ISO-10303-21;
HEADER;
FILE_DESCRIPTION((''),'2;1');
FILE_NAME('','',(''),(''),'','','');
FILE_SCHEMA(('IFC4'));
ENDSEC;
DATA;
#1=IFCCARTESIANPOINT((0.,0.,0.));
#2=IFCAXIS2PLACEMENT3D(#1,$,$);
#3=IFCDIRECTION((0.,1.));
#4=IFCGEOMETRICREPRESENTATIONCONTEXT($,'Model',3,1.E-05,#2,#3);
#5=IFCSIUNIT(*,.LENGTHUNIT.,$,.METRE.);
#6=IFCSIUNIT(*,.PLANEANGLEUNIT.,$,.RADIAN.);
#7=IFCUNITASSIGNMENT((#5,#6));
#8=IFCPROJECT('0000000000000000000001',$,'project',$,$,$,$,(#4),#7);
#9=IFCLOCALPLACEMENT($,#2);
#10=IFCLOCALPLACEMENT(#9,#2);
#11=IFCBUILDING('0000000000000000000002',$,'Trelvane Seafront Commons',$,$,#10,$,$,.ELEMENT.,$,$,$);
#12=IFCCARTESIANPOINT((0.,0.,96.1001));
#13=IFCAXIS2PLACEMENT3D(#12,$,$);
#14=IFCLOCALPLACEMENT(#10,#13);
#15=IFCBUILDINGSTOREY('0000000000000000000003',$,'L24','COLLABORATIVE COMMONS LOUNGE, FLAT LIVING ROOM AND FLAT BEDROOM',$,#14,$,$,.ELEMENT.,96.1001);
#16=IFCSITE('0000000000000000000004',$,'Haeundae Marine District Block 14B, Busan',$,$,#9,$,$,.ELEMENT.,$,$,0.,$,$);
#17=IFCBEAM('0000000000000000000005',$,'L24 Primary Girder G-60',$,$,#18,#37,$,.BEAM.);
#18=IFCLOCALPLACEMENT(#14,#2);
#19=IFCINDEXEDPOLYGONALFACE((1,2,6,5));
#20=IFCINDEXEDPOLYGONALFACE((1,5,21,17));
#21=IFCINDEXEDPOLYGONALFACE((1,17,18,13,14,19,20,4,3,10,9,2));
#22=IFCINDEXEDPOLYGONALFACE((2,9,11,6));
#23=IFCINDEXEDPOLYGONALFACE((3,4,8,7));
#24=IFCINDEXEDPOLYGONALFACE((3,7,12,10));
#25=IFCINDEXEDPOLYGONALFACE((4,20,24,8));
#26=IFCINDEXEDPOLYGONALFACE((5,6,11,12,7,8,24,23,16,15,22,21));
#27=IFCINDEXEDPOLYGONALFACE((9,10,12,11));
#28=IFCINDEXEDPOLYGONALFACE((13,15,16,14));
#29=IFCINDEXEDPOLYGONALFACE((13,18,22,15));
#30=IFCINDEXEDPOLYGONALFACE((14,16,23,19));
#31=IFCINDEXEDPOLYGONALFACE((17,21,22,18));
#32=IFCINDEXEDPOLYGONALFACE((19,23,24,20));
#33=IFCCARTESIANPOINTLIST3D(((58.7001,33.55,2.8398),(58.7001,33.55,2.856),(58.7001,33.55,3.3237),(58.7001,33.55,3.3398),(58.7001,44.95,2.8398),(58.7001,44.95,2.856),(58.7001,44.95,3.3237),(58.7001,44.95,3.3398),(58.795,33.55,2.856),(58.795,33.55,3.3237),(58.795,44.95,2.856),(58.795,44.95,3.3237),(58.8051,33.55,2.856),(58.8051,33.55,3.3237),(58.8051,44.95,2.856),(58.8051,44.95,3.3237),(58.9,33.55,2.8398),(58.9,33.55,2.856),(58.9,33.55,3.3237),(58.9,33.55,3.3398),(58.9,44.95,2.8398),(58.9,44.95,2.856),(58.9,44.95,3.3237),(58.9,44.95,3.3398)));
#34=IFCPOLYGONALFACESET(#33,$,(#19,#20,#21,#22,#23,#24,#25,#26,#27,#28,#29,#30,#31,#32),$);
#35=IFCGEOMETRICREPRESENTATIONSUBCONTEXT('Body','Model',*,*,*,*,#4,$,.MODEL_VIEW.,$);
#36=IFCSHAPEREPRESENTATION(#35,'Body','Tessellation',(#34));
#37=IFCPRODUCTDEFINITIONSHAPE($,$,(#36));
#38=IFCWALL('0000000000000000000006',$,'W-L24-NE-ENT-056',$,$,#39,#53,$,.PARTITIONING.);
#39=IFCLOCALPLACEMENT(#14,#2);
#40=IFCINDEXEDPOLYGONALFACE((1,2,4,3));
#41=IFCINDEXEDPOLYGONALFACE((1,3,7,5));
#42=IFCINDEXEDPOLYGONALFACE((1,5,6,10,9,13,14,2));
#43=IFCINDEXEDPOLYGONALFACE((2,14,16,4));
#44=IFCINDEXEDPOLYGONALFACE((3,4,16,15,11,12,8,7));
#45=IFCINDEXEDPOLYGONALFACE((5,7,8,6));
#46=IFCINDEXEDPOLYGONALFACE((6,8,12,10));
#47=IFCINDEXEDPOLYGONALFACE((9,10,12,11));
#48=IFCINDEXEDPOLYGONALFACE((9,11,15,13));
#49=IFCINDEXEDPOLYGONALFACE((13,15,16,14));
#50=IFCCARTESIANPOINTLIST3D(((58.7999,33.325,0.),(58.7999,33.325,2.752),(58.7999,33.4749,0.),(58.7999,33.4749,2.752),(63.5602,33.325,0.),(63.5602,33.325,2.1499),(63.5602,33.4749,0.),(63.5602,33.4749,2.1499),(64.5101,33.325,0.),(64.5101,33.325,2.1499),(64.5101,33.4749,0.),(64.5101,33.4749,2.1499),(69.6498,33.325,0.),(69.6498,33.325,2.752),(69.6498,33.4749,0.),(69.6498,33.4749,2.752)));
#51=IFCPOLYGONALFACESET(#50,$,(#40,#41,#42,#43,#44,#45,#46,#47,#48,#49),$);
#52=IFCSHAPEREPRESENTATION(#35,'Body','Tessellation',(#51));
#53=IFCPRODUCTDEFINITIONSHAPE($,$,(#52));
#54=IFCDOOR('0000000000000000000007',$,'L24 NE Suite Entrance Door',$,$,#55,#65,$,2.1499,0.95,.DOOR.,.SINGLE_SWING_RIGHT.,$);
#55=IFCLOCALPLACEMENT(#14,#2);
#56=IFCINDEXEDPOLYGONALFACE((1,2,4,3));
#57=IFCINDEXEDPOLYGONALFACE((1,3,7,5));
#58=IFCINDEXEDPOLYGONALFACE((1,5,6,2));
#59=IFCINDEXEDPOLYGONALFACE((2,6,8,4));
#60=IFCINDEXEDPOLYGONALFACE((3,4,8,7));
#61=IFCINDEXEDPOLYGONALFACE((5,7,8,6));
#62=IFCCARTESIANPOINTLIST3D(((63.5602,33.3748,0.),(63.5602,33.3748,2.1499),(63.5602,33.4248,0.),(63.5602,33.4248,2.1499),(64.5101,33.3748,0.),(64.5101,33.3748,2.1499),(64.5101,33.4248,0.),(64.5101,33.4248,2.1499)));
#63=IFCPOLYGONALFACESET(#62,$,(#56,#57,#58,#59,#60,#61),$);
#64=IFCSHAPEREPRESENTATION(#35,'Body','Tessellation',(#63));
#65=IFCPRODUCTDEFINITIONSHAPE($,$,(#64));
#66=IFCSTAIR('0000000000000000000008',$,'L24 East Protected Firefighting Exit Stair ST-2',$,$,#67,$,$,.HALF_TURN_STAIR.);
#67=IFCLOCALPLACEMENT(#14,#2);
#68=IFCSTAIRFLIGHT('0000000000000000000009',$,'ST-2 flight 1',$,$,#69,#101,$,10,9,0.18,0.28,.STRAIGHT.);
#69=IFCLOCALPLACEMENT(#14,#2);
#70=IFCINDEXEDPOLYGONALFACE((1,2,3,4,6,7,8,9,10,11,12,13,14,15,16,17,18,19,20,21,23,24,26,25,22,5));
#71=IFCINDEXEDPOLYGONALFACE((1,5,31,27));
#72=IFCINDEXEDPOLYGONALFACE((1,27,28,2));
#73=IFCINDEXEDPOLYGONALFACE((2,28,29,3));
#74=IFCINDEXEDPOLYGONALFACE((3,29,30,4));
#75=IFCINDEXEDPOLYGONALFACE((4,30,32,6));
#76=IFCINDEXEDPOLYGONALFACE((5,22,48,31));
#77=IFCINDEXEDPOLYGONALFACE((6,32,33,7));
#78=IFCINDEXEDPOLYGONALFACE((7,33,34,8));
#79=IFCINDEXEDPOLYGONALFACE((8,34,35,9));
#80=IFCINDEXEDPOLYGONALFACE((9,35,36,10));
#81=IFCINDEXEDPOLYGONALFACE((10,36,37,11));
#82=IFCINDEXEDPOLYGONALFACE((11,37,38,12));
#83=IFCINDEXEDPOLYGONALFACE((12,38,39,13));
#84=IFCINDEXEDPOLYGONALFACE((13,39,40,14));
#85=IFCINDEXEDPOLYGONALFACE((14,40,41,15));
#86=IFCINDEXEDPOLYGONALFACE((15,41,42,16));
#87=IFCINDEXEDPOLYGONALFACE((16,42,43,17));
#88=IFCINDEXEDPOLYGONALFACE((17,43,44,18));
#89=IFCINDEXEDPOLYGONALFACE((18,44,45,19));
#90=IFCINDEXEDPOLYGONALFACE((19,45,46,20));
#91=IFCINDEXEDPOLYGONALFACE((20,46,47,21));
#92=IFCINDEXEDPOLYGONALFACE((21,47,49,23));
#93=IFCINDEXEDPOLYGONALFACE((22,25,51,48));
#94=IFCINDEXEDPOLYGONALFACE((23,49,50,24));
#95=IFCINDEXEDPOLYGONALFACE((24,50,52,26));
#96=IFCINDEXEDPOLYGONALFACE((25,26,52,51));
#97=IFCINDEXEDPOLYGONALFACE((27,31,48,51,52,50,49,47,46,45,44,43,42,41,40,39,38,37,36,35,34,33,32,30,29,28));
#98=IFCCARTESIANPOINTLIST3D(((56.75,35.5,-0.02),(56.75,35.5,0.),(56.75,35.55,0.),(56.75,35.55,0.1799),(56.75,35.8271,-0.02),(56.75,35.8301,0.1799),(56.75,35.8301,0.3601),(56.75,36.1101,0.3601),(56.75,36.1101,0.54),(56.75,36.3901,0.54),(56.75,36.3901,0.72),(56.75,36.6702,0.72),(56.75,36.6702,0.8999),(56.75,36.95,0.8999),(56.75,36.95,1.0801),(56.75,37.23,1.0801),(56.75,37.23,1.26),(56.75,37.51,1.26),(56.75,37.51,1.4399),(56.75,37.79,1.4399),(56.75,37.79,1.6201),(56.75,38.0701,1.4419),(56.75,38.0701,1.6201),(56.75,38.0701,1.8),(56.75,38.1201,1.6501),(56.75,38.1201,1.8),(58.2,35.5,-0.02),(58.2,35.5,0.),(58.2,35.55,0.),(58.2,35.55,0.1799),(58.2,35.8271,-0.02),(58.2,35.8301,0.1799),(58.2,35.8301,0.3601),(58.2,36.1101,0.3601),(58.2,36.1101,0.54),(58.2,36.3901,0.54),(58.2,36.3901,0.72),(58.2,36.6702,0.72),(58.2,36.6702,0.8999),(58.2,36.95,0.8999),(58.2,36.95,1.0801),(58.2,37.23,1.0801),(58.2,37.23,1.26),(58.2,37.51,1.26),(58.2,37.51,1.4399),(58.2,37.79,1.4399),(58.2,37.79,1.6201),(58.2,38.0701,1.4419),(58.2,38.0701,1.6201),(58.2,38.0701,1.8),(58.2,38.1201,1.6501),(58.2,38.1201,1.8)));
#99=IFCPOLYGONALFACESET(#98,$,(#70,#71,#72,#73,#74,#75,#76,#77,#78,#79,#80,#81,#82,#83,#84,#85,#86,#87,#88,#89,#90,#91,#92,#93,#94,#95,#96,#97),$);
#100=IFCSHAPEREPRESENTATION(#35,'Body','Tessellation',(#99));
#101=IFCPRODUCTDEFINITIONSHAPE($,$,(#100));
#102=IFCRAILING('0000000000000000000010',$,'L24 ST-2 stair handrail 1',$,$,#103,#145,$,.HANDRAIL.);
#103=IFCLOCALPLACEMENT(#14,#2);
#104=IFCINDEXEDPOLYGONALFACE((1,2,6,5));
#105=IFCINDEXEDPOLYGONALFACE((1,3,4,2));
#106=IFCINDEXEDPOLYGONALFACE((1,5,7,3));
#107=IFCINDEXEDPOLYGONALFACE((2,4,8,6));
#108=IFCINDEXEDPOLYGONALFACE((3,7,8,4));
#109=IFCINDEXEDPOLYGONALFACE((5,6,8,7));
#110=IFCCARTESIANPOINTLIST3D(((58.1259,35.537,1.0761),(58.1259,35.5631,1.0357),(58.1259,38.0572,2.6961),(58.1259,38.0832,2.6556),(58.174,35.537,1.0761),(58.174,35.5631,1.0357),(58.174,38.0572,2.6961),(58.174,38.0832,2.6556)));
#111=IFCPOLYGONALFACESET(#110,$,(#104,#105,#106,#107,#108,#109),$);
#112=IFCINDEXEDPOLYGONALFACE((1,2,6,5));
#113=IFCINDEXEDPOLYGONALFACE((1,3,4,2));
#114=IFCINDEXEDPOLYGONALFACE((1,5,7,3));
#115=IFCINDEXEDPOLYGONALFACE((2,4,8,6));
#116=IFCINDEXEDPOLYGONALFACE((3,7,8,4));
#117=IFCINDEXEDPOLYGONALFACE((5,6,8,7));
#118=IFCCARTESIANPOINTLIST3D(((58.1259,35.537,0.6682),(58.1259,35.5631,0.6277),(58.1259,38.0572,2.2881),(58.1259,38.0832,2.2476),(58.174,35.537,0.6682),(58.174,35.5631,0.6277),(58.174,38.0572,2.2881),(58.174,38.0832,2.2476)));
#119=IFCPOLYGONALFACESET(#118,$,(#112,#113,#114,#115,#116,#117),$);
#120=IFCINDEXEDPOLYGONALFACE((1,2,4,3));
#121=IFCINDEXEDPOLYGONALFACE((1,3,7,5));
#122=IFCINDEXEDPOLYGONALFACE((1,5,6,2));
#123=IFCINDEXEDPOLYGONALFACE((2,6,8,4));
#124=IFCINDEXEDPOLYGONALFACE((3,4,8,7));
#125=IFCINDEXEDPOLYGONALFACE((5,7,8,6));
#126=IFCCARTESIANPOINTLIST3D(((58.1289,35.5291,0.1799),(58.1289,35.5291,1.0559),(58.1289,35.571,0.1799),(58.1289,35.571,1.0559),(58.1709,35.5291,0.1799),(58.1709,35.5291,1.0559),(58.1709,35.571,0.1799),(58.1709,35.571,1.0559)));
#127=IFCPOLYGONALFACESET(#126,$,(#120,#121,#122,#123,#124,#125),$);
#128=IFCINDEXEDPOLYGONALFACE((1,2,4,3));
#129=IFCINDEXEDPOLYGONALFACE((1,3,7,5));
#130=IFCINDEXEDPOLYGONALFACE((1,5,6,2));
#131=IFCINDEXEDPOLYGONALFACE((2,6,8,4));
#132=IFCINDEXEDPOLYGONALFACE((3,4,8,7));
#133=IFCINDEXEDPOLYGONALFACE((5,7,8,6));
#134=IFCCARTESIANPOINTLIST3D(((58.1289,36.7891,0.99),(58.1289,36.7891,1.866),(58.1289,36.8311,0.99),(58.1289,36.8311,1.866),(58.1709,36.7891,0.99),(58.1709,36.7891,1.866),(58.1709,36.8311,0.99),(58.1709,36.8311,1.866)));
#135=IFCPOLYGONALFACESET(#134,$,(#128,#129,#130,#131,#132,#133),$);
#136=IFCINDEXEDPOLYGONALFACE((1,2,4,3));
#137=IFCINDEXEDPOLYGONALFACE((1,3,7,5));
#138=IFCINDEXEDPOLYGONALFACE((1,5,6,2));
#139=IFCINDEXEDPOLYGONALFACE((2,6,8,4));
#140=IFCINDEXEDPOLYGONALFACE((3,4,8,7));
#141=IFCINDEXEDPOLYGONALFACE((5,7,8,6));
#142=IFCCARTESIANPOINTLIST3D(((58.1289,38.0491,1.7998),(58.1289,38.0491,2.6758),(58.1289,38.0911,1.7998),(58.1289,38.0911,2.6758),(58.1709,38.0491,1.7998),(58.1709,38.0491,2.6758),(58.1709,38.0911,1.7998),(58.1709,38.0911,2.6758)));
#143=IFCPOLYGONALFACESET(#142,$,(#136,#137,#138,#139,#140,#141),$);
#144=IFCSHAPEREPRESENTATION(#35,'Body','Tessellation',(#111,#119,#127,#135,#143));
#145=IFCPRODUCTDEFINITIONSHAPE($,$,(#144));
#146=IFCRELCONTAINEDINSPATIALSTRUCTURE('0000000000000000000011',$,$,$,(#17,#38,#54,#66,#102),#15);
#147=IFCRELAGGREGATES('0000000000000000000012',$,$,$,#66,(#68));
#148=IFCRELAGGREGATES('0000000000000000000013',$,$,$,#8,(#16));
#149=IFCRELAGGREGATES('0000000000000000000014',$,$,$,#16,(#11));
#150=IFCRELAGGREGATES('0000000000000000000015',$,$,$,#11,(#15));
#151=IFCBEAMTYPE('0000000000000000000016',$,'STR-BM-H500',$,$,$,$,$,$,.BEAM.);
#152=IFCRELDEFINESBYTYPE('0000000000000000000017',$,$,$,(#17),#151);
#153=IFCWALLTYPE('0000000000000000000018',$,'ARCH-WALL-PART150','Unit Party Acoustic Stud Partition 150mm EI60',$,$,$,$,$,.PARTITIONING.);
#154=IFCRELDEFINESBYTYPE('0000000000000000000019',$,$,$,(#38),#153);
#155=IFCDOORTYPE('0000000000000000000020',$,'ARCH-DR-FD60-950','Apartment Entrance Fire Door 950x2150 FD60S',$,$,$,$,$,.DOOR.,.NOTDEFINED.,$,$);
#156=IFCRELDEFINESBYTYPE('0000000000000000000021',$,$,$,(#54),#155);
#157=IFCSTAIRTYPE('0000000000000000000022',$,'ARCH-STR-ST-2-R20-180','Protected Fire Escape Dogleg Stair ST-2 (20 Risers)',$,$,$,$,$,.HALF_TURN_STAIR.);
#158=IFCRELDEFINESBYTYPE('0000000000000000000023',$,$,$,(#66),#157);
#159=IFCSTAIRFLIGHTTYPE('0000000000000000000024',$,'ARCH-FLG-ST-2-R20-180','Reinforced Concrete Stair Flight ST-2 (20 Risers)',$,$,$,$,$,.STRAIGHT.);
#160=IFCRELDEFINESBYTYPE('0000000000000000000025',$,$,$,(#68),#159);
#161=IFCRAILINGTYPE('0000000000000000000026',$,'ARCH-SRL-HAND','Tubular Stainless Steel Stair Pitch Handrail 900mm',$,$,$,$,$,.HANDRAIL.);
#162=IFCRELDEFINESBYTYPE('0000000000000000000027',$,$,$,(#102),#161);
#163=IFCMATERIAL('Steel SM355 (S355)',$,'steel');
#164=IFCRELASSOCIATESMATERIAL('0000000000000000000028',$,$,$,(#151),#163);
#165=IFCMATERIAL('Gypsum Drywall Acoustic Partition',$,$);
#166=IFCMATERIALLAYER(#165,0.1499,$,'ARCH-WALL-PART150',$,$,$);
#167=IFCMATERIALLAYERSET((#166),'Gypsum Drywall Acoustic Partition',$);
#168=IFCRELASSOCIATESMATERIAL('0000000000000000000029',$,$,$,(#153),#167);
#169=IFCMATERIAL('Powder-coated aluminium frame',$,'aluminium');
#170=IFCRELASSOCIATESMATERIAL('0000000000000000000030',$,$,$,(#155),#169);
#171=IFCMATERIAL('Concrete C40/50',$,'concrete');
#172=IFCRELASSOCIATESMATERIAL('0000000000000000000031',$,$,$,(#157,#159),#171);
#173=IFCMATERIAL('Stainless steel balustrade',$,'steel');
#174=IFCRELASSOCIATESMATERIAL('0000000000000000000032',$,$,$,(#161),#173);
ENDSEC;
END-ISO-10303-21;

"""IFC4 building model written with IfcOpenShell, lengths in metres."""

from ifc_helpers import new_model, si_unit, direction, frame, frame_2d, origin, origin_2d, place, context, subcontext, project, spatial, polyline, rectangle, i_section, outline, extrude, source, transform, mapped, material, layer, layer_set, material_profile, profile_set, type_object, element, fill, aggregate, save


model = new_model("IFC4")

# Units and contexts
model_context = context("Model", 3, precision=1e-05, world=origin(), true_north=direction((0.0, 1.0)))
body_context = subcontext(model_context, "Body", "Model", "MODEL_VIEW")
ifc_project = project(units=[si_unit("LENGTHUNIT", "METRE"), si_unit("PLANEANGLEUNIT", "RADIAN")], contexts=[model_context])

# Site, building, storey
site_placement = place(None, origin())
site = spatial("IfcSite", under=ifc_project, at=site_placement, Name="Haeundae Marine District Block 14B, Busan", CompositionType="ELEMENT", RefElevation=0.0)
building_placement = place(site_placement, origin())
building = spatial("IfcBuilding", under=site, at=building_placement, Name="Trelvane Seafront Commons", CompositionType="ELEMENT")
storey_placement = place(building_placement, frame((0.0, 0.0, 96.1001)))
storey = spatial("IfcBuildingStorey", under=building, at=storey_placement, Name="L24", Description="COLLABORATIVE COMMONS LOUNGE, FLAT LIVING ROOM AND FLAT BEDROOM", CompositionType="ELEMENT", Elevation=96.1001)

# Shared definitions
ifc_material_1 = material(Name="Steel SM355 (S355)", Category="steel")

# Beam
ifc_material_profile_1 = material_profile(ifc_material_1, i_section(OverallWidth=0.2, OverallDepth=0.5, WebThickness=0.01, FlangeThickness=0.0161, at=origin_2d()), Name="H-500x200x10x16")
ifc_profile_set_1 = profile_set([ifc_material_profile_1], Name="Steel SM355 (S355)")
beam_type_1 = type_object("IfcBeamType", Name="STR-BM-H500", PredefinedType="BEAM", material=ifc_profile_set_1)
shared_shape_1 = source(origin(), body_context, "Body", "SweptSolid", [
    extrude(i_section(OverallWidth=0.2, OverallDepth=0.5, WebThickness=0.01, FlangeThickness=0.0161, at=origin_2d()), origin(), (0.0, 0.0, 1.0), 11.3999),
])
beam_1_placement = place(storey_placement, frame((58.8, 33.55, 3.0898), z_axis=(0.0, 1.0, 0.0), x_axis=(-1.0, 0.0, 0.0)))
element("IfcBeam", 1, at=beam_1_placement, inside=storey, type_object=beam_type_1, Name="L24 Primary Girder G-60", PredefinedType="BEAM", context=body_context, shape_type="MappedRepresentation", body=[
    mapped(shared_shape_1, transform((0.0, 0.0, 0.0), x_axis=(1.0, 0.0, 0.0), y_axis=(0.0, 1.0, 0.0), z_axis=(0.0, 0.0, 1.0), scale=1.0)),
])

# Wall, opening, door
ifc_material_2 = material(Name="Gypsum Drywall Acoustic Partition")
ifc_layer = layer(ifc_material_2, 0.1499, Name="ARCH-WALL-PART150")
ifc_layer_set = layer_set([ifc_layer], Name="Gypsum Drywall Acoustic Partition")
wall_type = type_object("IfcWallType", Name="ARCH-WALL-PART150", Description="Unit Party Acoustic Stud Partition 150mm EI60", PredefinedType="PARTITIONING", material=ifc_layer_set)
wall_1_placement = place(storey_placement, frame((58.8, 33.3999, 0.0), z_axis=(0.0, 0.0, 1.0), x_axis=(1.0, 0.0, 0.0)))
wall_1 = element("IfcWall", 2, at=wall_1_placement, inside=storey, type_object=wall_type, Name="W-L24-NE-ENT-056", PredefinedType="PARTITIONING", context=body_context, shape_type="SweptSolid", body=[
    extrude(rectangle(XDim=10.8499, YDim=0.1499, at=frame_2d((5.4248, 0.0))), origin(), (0.0, 0.0, 1.0), 2.752),
])
opening_1_placement = place(wall_1_placement, frame((4.76, 0.0, 0.0)))
opening_1 = element("IfcOpeningElement", 3, at=opening_1_placement, cuts=wall_1, PredefinedType="OPENING", context=body_context, shape_type="SweptSolid", body=[
    extrude(rectangle(XDim=0.95, YDim=2.1499, at=frame_2d((0.4751, 1.075))), frame((0.0, 0.085, 0.0), z_axis=(0.0, -1.0, 0.0), x_axis=(1.0, 0.0, 0.0)), (0.0, 0.0, 1.0), 0.1699),
])
ifc_material_3 = material(Name="Powder-coated aluminium frame", Category="aluminium")
door_type = type_object("IfcDoorType", Name="ARCH-DR-FD60-950", Description="Apartment Entrance Fire Door 950x2150 FD60S", OperationType="NOTDEFINED", PredefinedType="DOOR", material=ifc_material_3)
shared_shape_2 = source(origin(), body_context, "Body", "SweptSolid", [
    extrude(rectangle(XDim=0.95, YDim=2.1499, at=frame_2d((0.4751, 1.075))), frame((0.0, 0.0249, 0.0), z_axis=(0.0, -1.0, 0.0), x_axis=(1.0, 0.0, 0.0)), (0.0, 0.0, 1.0), 0.05),
])
door_1_placement = place(opening_1_placement, origin())
door_1 = element("IfcDoor", 4, at=door_1_placement, inside=storey, type_object=door_type, Name="L24 NE Suite Entrance Door", OperationType="SINGLE_SWING_RIGHT", OverallHeight=2.1499, OverallWidth=0.95, PredefinedType="DOOR", context=body_context, shape_type="MappedRepresentation", body=[
    mapped(shared_shape_2, transform((0.0, 0.0, 0.0), x_axis=(1.0, 0.0, 0.0), y_axis=(0.0, 1.0, 0.0), z_axis=(0.0, 0.0, 1.0), scale=1.0)),
])
fill(opening_1, door_1)

# Stair, stair flight
ifc_material_4 = material(Name="Concrete C40/50", Category="concrete")
stair_type = type_object("IfcStairType", Name="ARCH-STR-ST-2-R20-180", Description="Protected Fire Escape Dogleg Stair ST-2 (20 Risers)", PredefinedType="HALF_TURN_STAIR", material=ifc_material_4)
stair_placement = place(storey_placement, origin())
stair = element("IfcStair", 5, at=stair_placement, inside=storey, type_object=stair_type, Name="L24 East Protected Firefighting Exit Stair ST-2", PredefinedType="HALF_TURN_STAIR")
stair_flight_type = type_object("IfcStairFlightType", Name="ARCH-FLG-ST-2-R20-180", Description="Reinforced Concrete Stair Flight ST-2 (20 Risers)", PredefinedType="STRAIGHT", material=ifc_material_4)
shared_shape_3 = source(origin(), body_context, "Body", "SweptSolid", [
    extrude(outline(polyline([(-0.05, -0.02), (-0.05, 0.0), (0.0, 0.0), (0.0, 0.1799), (0.28, 0.1799), (0.28, 0.3601), (0.5601, 0.3601), (0.5601, 0.54), (0.8401, 0.54), (0.8401, 0.72), (1.1201, 0.72), (1.1201, 0.8999), (1.3999, 0.8999), (1.3999, 1.0801), (1.6799, 1.0801), (1.6799, 1.26), (1.96, 1.26), (1.96, 1.4399), (2.24, 1.4399), (2.24, 1.6201), (2.52, 1.6201), (2.52, 1.8), (2.5701, 1.8), (2.5701, 1.6501), (2.52, 1.4419), (0.2771, -0.02), (-0.05, -0.02)])), frame((0.0, 0.7251, 0.0), z_axis=(0.0, -1.0, 0.0), x_axis=(1.0, 0.0, 0.0)), (0.0, 0.0, 1.0), 1.45),
])
stair_flight_placement = place(storey_placement, frame((57.4751, 35.55, 0.0), z_axis=(0.0, 0.0, 1.0), x_axis=(0.0, 1.0, 0.0)))
stair_flight = element("IfcStairFlight", 6, at=stair_flight_placement, type_object=stair_flight_type, Name="ST-2 flight 1", NumberOfRisers=10, NumberOfTreads=9, PredefinedType="STRAIGHT", RiserHeight=0.18, TreadLength=0.28, context=body_context, shape_type="MappedRepresentation", body=[
    mapped(shared_shape_3, transform((0.0, 0.0, 0.0), x_axis=(1.0, 0.0, 0.0), y_axis=(0.0, 1.0, 0.0), z_axis=(0.0, 0.0, 1.0), scale=1.0)),
])
aggregate(stair, [stair_flight])

# Railing
ifc_material_5 = material(Name="Stainless steel balustrade", Category="steel")
railing_type = type_object("IfcRailingType", Name="ARCH-SRL-HAND", Description="Tubular Stainless Steel Stair Pitch Handrail 900mm", PredefinedType="HANDRAIL", material=ifc_material_5)
railing_placement = place(storey_placement, frame((58.1499, 35.55, 0.1799)))
element("IfcRailing", 7, at=railing_placement, inside=storey, type_object=railing_type, Name="L24 ST-2 stair handrail 1", PredefinedType="HANDRAIL", context=body_context, shape_type="SweptSolid", body=[
    extrude(rectangle(XDim=0.0481, YDim=0.0481, at=origin_2d()), frame((0.0, 0.0, 0.876), z_axis=(0.0, 0.8412, 0.540725), x_axis=(-1.0, 0.0, 0.0)), (0.0, 0.0, 1.0), 2.9958),
    extrude(rectangle(XDim=0.0481, YDim=0.0481, at=origin_2d()), frame((0.0, 0.0, 0.468), z_axis=(0.0, 0.8412, 0.540725), x_axis=(-1.0, 0.0, 0.0)), (0.0, 0.0, 1.0), 2.9958),
    extrude(rectangle(XDim=0.042, YDim=0.042, at=origin_2d()), origin(), (0.0, 0.0, 1.0), 0.876),
    extrude(rectangle(XDim=0.042, YDim=0.042, at=origin_2d()), frame((0.0, 1.26, 0.8101)), (0.0, 0.0, 1.0), 0.876),
    extrude(rectangle(XDim=0.042, YDim=0.042, at=origin_2d()), frame((0.0, 2.52, 1.6199)), (0.0, 0.0, 1.0), 0.876),
])

save(model, "model.ifc")
